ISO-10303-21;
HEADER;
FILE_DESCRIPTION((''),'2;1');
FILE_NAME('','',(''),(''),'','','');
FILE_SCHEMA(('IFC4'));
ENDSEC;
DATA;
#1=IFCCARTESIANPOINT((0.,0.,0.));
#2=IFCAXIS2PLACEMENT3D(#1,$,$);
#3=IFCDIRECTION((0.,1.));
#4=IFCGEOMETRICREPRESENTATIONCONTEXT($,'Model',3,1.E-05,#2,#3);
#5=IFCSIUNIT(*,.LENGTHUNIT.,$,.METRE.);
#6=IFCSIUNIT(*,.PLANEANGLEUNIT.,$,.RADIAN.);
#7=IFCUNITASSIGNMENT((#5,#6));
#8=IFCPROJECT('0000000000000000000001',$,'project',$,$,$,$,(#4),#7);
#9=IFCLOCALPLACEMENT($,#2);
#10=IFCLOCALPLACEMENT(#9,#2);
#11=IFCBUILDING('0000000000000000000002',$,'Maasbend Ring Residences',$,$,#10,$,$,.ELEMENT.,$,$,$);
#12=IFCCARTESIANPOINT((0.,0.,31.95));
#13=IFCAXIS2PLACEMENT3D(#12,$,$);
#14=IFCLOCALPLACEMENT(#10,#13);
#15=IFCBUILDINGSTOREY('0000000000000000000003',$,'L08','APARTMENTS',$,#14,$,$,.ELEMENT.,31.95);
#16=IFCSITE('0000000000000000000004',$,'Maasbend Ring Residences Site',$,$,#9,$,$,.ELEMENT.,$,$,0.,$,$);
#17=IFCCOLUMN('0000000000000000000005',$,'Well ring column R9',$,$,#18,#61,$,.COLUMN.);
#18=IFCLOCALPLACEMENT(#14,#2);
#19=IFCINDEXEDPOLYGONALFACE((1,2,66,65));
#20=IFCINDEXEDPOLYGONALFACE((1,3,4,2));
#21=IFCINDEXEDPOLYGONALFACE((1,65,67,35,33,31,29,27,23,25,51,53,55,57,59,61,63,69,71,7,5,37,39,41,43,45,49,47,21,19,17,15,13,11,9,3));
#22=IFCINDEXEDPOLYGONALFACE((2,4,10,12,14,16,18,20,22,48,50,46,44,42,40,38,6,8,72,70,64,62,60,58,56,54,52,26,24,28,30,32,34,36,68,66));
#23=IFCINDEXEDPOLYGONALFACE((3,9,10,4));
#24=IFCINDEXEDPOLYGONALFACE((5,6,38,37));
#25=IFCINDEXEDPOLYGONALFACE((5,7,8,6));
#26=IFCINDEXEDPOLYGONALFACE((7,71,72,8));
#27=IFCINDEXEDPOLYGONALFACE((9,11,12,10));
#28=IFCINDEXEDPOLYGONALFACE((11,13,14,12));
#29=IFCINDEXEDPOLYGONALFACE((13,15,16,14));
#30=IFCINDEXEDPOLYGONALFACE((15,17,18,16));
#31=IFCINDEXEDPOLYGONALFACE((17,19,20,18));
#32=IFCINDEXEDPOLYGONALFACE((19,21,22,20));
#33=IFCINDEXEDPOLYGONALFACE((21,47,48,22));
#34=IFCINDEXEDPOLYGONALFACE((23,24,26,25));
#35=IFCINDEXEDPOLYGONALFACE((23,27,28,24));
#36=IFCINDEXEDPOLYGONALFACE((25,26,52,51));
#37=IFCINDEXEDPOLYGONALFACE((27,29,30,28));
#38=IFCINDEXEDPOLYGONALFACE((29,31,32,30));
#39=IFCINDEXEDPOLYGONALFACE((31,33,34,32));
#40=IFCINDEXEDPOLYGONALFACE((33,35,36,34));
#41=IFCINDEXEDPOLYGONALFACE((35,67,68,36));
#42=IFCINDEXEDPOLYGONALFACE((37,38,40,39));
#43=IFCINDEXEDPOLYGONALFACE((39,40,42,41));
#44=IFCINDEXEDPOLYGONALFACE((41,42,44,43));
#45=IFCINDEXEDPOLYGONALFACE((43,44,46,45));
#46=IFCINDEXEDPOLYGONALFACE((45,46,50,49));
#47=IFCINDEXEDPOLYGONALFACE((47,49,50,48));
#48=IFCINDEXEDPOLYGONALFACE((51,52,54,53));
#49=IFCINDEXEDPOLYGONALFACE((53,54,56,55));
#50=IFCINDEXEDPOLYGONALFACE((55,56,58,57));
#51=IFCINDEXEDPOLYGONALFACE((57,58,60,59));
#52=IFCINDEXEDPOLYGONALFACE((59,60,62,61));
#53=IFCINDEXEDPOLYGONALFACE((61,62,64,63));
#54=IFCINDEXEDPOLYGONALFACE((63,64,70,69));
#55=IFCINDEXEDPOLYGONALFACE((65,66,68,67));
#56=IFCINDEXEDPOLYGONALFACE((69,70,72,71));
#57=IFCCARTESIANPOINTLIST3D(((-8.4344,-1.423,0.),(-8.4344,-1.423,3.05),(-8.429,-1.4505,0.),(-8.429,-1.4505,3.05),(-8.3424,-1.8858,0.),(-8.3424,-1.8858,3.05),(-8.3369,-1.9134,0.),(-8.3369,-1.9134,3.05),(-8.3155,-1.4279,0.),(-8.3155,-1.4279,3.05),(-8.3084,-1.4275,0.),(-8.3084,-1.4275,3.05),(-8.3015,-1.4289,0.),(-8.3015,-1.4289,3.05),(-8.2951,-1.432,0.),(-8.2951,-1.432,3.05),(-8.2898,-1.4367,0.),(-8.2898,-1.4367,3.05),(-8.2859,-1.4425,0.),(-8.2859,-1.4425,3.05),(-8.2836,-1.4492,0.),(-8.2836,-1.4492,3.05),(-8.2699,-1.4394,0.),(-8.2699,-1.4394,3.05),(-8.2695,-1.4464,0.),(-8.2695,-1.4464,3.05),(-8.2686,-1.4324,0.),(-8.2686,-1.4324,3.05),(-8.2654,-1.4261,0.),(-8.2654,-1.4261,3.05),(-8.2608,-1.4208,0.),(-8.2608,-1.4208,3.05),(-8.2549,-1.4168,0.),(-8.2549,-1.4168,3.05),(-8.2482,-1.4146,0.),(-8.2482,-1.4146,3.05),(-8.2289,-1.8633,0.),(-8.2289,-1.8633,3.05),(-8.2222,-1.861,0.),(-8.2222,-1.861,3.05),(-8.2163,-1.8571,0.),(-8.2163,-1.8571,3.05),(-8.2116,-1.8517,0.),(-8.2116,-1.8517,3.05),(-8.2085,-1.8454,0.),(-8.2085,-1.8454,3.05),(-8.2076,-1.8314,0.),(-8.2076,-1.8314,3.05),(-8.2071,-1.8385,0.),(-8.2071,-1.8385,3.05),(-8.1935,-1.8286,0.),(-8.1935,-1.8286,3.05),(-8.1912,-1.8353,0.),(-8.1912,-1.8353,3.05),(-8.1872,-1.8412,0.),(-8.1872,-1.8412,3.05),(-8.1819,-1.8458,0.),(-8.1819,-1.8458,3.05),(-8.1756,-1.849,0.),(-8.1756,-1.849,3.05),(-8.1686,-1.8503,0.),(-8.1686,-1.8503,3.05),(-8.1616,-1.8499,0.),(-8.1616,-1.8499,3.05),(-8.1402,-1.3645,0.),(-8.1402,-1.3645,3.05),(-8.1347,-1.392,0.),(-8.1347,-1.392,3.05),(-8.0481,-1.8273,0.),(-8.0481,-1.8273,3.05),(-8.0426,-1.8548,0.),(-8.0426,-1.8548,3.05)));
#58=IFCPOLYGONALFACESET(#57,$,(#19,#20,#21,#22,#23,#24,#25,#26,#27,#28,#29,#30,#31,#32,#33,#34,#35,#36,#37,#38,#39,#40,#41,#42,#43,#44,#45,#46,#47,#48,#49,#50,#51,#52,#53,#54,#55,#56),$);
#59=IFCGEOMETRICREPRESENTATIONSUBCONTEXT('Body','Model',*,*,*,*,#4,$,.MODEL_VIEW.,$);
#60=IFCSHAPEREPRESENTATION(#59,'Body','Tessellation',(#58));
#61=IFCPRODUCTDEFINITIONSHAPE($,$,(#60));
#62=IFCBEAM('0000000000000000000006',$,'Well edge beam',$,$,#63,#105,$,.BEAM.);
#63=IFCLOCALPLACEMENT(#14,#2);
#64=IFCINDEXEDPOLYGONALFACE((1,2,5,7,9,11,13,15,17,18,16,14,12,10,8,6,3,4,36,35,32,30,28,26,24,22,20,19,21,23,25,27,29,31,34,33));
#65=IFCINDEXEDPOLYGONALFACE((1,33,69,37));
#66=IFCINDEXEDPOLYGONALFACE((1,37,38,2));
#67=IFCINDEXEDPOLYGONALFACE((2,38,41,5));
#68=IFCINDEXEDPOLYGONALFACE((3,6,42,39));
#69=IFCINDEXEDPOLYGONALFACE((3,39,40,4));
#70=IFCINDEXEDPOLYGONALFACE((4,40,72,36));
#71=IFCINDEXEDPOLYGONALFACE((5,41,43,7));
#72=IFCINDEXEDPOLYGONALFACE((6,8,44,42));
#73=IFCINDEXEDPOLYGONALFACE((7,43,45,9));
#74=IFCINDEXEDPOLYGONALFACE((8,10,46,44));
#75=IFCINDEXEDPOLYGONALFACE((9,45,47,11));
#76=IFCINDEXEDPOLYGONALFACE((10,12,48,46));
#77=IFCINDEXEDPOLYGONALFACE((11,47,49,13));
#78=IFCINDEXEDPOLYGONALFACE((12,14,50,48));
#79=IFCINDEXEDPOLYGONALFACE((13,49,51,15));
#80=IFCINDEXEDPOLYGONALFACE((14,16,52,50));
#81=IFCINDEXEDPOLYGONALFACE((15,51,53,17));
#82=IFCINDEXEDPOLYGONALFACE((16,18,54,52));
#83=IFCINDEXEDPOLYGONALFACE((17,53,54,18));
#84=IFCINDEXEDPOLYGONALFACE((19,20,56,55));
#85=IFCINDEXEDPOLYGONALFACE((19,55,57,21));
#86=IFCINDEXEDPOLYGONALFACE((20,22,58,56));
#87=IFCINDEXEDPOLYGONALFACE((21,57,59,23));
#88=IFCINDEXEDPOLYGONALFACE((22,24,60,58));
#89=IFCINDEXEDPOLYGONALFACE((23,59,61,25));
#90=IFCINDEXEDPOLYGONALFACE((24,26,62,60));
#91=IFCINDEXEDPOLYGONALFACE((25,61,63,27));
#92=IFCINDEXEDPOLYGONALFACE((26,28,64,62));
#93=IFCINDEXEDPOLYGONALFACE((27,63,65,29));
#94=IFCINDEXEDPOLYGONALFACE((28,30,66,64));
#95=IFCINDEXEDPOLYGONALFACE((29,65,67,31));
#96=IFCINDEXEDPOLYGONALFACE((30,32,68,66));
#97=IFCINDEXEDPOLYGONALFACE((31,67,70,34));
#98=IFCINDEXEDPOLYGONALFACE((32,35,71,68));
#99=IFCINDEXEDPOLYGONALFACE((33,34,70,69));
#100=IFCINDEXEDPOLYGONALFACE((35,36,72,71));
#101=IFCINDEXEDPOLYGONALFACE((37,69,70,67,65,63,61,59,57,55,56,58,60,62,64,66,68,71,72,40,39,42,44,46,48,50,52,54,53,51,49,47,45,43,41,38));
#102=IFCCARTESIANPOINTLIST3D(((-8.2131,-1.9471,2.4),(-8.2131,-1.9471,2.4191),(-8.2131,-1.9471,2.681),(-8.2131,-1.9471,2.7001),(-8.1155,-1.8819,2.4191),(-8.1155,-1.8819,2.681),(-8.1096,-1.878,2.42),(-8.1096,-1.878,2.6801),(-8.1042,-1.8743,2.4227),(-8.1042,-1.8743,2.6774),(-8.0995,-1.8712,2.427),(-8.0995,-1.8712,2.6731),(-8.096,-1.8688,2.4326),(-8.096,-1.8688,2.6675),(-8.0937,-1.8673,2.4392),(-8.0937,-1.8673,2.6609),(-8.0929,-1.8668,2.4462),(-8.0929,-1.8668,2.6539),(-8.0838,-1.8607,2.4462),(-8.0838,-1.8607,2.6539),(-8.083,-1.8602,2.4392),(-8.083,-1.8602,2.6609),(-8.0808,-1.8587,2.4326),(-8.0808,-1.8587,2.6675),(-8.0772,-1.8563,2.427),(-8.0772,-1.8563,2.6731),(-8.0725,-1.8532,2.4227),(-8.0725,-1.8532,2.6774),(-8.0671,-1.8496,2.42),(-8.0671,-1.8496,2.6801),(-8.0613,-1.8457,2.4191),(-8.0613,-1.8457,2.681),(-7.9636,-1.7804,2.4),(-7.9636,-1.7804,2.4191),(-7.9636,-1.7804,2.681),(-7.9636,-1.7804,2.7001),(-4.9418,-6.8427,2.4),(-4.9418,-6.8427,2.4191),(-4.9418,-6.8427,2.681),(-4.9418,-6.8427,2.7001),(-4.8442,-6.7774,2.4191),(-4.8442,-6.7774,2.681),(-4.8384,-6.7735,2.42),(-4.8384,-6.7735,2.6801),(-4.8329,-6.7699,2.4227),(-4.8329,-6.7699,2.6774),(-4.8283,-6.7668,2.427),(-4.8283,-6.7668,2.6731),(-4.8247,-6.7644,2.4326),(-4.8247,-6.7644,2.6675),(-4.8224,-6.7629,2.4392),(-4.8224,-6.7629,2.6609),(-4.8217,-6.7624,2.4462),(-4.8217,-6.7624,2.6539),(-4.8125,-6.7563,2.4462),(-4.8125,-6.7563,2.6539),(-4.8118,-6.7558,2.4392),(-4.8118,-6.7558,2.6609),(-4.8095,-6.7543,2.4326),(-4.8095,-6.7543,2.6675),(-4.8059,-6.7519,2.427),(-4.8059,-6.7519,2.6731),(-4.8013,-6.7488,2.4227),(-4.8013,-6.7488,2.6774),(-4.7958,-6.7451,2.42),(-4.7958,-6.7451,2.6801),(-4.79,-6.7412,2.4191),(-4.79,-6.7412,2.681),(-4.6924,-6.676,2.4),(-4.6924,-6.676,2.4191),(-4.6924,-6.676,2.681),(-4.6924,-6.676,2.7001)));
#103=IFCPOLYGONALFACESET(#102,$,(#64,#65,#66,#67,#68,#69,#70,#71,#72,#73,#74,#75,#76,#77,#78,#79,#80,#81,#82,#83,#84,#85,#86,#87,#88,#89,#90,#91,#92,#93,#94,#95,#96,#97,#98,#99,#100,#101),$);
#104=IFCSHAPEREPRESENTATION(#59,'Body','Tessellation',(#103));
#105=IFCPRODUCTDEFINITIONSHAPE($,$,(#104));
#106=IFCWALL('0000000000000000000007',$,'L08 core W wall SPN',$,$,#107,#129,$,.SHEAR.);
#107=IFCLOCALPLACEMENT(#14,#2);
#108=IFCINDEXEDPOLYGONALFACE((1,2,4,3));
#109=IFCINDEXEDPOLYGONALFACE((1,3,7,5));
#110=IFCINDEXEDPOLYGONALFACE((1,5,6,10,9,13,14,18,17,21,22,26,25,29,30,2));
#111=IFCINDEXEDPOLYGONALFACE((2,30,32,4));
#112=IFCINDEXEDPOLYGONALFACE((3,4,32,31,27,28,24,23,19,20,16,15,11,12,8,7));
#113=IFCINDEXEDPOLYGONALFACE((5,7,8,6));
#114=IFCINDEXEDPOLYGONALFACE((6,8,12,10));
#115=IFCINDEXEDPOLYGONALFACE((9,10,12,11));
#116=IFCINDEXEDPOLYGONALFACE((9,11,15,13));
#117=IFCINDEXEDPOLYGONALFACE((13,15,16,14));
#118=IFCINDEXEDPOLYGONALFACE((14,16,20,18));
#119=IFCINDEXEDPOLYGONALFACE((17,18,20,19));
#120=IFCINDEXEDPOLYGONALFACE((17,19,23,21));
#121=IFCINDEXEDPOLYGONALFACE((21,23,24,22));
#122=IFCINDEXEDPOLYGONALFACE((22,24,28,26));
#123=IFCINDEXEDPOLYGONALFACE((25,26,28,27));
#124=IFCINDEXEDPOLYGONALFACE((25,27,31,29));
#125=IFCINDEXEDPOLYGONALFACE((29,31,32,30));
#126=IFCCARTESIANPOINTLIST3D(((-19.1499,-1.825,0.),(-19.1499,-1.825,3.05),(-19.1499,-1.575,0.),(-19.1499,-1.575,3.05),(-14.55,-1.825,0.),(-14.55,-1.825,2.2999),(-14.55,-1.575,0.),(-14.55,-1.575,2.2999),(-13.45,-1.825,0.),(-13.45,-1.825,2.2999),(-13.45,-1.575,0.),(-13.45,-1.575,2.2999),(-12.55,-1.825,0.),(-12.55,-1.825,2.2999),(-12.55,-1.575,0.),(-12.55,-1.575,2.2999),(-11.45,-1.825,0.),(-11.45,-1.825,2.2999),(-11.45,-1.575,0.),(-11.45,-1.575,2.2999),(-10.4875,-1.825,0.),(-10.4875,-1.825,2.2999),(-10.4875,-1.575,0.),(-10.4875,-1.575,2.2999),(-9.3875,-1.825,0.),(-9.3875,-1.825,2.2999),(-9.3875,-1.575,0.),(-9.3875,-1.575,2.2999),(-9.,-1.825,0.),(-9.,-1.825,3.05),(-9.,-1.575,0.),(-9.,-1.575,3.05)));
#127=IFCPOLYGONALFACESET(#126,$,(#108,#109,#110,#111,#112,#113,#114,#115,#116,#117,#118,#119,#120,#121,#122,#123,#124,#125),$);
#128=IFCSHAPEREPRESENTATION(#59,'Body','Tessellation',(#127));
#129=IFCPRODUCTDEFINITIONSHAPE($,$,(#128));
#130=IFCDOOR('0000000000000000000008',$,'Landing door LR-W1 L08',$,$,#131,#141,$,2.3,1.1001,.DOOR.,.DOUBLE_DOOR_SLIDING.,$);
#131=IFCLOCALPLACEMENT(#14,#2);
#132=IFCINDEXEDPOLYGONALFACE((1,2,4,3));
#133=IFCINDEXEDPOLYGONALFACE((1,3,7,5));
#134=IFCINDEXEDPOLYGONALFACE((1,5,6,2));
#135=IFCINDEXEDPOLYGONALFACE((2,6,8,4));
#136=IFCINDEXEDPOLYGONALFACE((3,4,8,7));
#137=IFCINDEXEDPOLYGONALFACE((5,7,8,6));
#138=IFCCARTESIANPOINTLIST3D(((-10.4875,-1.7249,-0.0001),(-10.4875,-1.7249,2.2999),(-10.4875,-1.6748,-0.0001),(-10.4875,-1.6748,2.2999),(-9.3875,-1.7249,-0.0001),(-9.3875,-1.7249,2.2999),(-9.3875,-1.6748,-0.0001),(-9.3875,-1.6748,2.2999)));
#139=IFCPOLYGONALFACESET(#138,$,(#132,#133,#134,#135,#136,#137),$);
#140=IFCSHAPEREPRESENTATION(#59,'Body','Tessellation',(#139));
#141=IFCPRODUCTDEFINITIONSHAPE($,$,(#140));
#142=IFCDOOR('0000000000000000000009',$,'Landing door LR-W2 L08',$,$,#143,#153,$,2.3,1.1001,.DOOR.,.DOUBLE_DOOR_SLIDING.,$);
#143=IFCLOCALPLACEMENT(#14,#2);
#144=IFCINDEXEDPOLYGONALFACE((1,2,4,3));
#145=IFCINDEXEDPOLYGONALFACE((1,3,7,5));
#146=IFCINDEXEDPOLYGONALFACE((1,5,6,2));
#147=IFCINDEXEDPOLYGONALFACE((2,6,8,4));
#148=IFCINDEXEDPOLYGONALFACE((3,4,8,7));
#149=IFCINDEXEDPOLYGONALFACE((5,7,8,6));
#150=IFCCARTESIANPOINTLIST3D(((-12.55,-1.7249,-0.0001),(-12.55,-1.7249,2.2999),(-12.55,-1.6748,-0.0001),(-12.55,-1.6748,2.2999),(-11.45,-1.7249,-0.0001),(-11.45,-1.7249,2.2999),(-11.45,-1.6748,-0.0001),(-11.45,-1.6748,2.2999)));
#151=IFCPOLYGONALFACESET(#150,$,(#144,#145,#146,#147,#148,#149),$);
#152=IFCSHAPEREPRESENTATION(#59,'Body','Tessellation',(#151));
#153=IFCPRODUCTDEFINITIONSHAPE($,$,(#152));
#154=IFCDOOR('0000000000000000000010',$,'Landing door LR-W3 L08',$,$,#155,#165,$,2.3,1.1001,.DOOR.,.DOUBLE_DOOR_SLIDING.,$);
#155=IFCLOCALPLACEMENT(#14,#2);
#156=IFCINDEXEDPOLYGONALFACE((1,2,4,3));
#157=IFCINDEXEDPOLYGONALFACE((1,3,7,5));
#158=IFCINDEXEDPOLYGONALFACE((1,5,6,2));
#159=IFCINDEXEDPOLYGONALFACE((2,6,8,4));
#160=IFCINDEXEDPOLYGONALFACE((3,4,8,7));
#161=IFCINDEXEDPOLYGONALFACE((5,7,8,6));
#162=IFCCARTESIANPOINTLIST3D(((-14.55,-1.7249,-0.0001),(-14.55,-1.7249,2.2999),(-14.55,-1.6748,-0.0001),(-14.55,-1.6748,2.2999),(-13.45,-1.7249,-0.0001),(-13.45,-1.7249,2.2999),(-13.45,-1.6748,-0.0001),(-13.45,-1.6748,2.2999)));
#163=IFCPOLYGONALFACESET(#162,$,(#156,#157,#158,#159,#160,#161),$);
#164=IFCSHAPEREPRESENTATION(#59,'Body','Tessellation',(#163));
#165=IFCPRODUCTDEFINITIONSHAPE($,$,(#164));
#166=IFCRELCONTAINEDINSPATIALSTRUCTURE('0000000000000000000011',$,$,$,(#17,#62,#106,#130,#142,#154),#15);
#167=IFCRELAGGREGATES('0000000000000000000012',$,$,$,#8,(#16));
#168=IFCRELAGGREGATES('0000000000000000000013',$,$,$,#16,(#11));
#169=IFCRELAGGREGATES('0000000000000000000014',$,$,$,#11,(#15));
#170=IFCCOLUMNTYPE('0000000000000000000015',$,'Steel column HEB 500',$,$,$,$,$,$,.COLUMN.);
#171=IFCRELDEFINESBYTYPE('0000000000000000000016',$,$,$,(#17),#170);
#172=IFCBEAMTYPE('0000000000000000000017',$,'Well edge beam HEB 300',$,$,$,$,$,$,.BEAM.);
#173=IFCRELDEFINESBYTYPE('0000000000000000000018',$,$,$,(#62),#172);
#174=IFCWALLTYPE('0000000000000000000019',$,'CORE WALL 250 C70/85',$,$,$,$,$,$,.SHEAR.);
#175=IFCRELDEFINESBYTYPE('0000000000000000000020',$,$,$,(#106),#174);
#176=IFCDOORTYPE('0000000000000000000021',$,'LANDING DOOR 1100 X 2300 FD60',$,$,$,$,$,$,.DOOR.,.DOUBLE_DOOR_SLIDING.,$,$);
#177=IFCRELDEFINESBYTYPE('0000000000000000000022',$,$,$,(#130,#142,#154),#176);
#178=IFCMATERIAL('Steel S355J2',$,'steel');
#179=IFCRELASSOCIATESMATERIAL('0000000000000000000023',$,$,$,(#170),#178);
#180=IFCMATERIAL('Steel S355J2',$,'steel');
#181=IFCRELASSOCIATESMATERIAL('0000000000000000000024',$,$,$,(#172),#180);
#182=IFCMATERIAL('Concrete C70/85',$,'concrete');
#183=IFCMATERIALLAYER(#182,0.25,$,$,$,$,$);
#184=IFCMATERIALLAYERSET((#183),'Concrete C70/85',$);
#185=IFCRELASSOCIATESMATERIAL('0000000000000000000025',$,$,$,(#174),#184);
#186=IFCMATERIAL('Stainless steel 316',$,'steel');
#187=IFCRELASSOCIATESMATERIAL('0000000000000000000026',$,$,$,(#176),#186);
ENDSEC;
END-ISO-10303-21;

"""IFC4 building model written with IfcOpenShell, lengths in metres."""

from ifc_helpers import new_model, si_unit, direction, frame, frame_2d, origin, origin_2d, place, context, subcontext, project, spatial, rectangle, i_section, extrude, material, layer, layer_set, material_profile, profile_set, type_object, element, fill, save


model = new_model("IFC4")

# Units and contexts
model_context = context("Model", 3, precision=1e-05, world=origin(), true_north=direction((0.0, 1.0)))
body_context = subcontext(model_context, "Body", "Model", "MODEL_VIEW")
ifc_project = project(units=[si_unit("LENGTHUNIT", "METRE"), si_unit("PLANEANGLEUNIT", "RADIAN")], contexts=[model_context])

# Site, building, storey
site_placement = place(None, origin())
site = spatial("IfcSite", under=ifc_project, at=site_placement, Name="Maasbend Ring Residences Site", CompositionType="ELEMENT", RefElevation=0.0)
building_placement = place(site_placement, origin())
building = spatial("IfcBuilding", under=site, at=building_placement, Name="Maasbend Ring Residences", CompositionType="ELEMENT")
storey_placement = place(building_placement, frame((0.0, 0.0, 31.95)))
storey = spatial("IfcBuildingStorey", under=building, at=storey_placement, Name="L08", Description="APARTMENTS", CompositionType="ELEMENT", Elevation=31.95)

# Column
ifc_material_1 = material(Name="Steel S355J2", Category="steel")
ifc_material_profile_1 = material_profile(ifc_material_1, i_section(OverallWidth=0.3, OverallDepth=0.5, WebThickness=0.0144, FlangeThickness=0.0281, FilletRadius=0.0271, at=origin_2d()), Name="HEB 500")
ifc_profile_set_1 = profile_set([ifc_material_profile_1], Name="Steel S355J2")
column_type = type_object("IfcColumnType", Name="Steel column HEB 500", PredefinedType="COLUMN", material=ifc_profile_set_1)
column_placement = place(storey_placement, frame((-8.2385, -1.6389, 0.0), z_axis=(0.0, 0.0, 1.0), x_axis=(-0.980785, -0.19509, 0.0)))
element("IfcColumn", 1, at=column_placement, inside=storey, type_object=column_type, Name="Well ring column R9", PredefinedType="COLUMN", context=body_context, shape_type="SweptSolid", body=[
    extrude(i_section(OverallWidth=0.3, OverallDepth=0.5, WebThickness=0.0144, FlangeThickness=0.0281, FilletRadius=0.0271, at=origin_2d()), origin(), (0.0, 0.0, 1.0), 3.05),
])

# Beam
ifc_material_2 = material(Name="Steel S355J2", Category="steel")
ifc_material_profile_2 = material_profile(ifc_material_2, i_section(OverallWidth=0.3, OverallDepth=0.3, WebThickness=0.011, FlangeThickness=0.019, FilletRadius=0.0271, at=origin_2d()), Name="HEB 300")
ifc_profile_set_2 = profile_set([ifc_material_profile_2], Name="Steel S355J2")
beam_type = type_object("IfcBeamType", Name="Well edge beam HEB 300", PredefinedType="BEAM", material=ifc_profile_set_2)
beam_placement = place(storey_placement, frame((-8.0884, -1.8638, 2.55), z_axis=(0.55559, -0.831457, 0.0), x_axis=(0.831457, 0.55559, 0.0)))
element("IfcBeam", 2, at=beam_placement, inside=storey, type_object=beam_type, Name="Well edge beam", PredefinedType="BEAM", context=body_context, shape_type="SweptSolid", body=[
    extrude(i_section(OverallWidth=0.3, OverallDepth=0.3, WebThickness=0.011, FlangeThickness=0.019, FilletRadius=0.0271, at=origin_2d()), origin(), (0.0, 0.0, 1.0), 5.8879),
])

# Wall, openings, doors
ifc_material_3 = material(Name="Concrete C70/85", Category="concrete")
ifc_layer_1 = layer(ifc_material_3, 0.25)
ifc_layer_set_1 = layer_set([ifc_layer_1], Name="Concrete C70/85")
wall_type_1 = type_object("IfcWallType", Name="CORE WALL 250 C70/85", PredefinedType="SHEAR", material=ifc_layer_set_1)
wall_1_placement = place(storey_placement, frame((-9.0, -1.7, 0.0), z_axis=(0.0, 0.0, 1.0), x_axis=(-1.0, 0.0, 0.0)))
wall_1 = element("IfcWall", 3, at=wall_1_placement, inside=storey, type_object=wall_type_1, Name="L08 core W wall SPN", PredefinedType="SHEAR", context=body_context, shape_type="SweptSolid", body=[
    extrude(rectangle(XDim=10.1499, YDim=0.25, at=frame_2d((5.075, 0.0))), origin(), (0.0, 0.0, 1.0), 3.05),
])
opening_1_placement = place(wall_1_placement, frame((0.3875, 0.0, 0.0)))
opening_1 = element("IfcOpeningElement", 4, at=opening_1_placement, cuts=wall_1, PredefinedType="OPENING", context=body_context, shape_type="SweptSolid", body=[
    extrude(rectangle(XDim=1.1001, YDim=2.3, at=frame_2d((0.55, 1.1499))), frame((0.0, 0.135, 0.0), z_axis=(0.0, -1.0, 0.0), x_axis=(1.0, 0.0, 0.0)), (0.0, 0.0, 1.0), 0.27),
])
opening_2_placement = place(wall_1_placement, frame((2.45, 0.0, 0.0)))
opening_2 = element("IfcOpeningElement", 5, at=opening_2_placement, cuts=wall_1, PredefinedType="OPENING", context=body_context, shape_type="SweptSolid", body=[
    extrude(rectangle(XDim=1.1001, YDim=2.3, at=frame_2d((0.55, 1.1499))), frame((0.0, 0.135, 0.0), z_axis=(0.0, -1.0, 0.0), x_axis=(1.0, 0.0, 0.0)), (0.0, 0.0, 1.0), 0.27),
])
opening_3_placement = place(wall_1_placement, frame((4.45, 0.0, 0.0)))
opening_3 = element("IfcOpeningElement", 6, at=opening_3_placement, cuts=wall_1, PredefinedType="OPENING", context=body_context, shape_type="SweptSolid", body=[
    extrude(rectangle(XDim=1.1001, YDim=2.3, at=frame_2d((0.55, 1.1499))), frame((0.0, 0.135, 0.0), z_axis=(0.0, -1.0, 0.0), x_axis=(1.0, 0.0, 0.0)), (0.0, 0.0, 1.0), 0.27),
])
ifc_material_4 = material(Name="Stainless steel 316", Category="steel")
door_type_1 = type_object("IfcDoorType", Name="LANDING DOOR 1100 X 2300 FD60", OperationType="DOUBLE_DOOR_SLIDING", PredefinedType="DOOR", material=ifc_material_4)
door_1_placement = place(opening_1_placement, origin())
door_1 = element("IfcDoor", 7, at=door_1_placement, inside=storey, type_object=door_type_1, Name="Landing door LR-W1 L08", OperationType="DOUBLE_DOOR_SLIDING", OverallHeight=2.3, OverallWidth=1.1001, PredefinedType="DOOR", context=body_context, shape_type="SweptSolid", body=[
    extrude(rectangle(XDim=1.1001, YDim=2.3, at=frame_2d((0.55, 1.1499))), frame((0.0, 0.0249, 0.0), z_axis=(0.0, -1.0, 0.0), x_axis=(1.0, 0.0, 0.0)), (0.0, 0.0, 1.0), 0.05),
])
fill(opening_1, door_1)
door_2_placement = place(opening_2_placement, origin())
door_2 = element("IfcDoor", 8, at=door_2_placement, inside=storey, type_object=door_type_1, Name="Landing door LR-W2 L08", OperationType="DOUBLE_DOOR_SLIDING", OverallHeight=2.3, OverallWidth=1.1001, PredefinedType="DOOR", context=body_context, shape_type="SweptSolid", body=[
    extrude(rectangle(XDim=1.1001, YDim=2.3, at=frame_2d((0.55, 1.1499))), frame((0.0, 0.0249, 0.0), z_axis=(0.0, -1.0, 0.0), x_axis=(1.0, 0.0, 0.0)), (0.0, 0.0, 1.0), 0.05),
])
fill(opening_2, door_2)
door_3_placement = place(opening_3_placement, origin())
door_3 = element("IfcDoor", 9, at=door_3_placement, inside=storey, type_object=door_type_1, Name="Landing door LR-W3 L08", OperationType="DOUBLE_DOOR_SLIDING", OverallHeight=2.3, OverallWidth=1.1001, PredefinedType="DOOR", context=body_context, shape_type="SweptSolid", body=[
    extrude(rectangle(XDim=1.1001, YDim=2.3, at=frame_2d((0.55, 1.1499))), frame((0.0, 0.0249, 0.0), z_axis=(0.0, -1.0, 0.0), x_axis=(1.0, 0.0, 0.0)), (0.0, 0.0, 1.0), 0.05),
])
fill(opening_3, door_3)

save(model, "model.ifc")
